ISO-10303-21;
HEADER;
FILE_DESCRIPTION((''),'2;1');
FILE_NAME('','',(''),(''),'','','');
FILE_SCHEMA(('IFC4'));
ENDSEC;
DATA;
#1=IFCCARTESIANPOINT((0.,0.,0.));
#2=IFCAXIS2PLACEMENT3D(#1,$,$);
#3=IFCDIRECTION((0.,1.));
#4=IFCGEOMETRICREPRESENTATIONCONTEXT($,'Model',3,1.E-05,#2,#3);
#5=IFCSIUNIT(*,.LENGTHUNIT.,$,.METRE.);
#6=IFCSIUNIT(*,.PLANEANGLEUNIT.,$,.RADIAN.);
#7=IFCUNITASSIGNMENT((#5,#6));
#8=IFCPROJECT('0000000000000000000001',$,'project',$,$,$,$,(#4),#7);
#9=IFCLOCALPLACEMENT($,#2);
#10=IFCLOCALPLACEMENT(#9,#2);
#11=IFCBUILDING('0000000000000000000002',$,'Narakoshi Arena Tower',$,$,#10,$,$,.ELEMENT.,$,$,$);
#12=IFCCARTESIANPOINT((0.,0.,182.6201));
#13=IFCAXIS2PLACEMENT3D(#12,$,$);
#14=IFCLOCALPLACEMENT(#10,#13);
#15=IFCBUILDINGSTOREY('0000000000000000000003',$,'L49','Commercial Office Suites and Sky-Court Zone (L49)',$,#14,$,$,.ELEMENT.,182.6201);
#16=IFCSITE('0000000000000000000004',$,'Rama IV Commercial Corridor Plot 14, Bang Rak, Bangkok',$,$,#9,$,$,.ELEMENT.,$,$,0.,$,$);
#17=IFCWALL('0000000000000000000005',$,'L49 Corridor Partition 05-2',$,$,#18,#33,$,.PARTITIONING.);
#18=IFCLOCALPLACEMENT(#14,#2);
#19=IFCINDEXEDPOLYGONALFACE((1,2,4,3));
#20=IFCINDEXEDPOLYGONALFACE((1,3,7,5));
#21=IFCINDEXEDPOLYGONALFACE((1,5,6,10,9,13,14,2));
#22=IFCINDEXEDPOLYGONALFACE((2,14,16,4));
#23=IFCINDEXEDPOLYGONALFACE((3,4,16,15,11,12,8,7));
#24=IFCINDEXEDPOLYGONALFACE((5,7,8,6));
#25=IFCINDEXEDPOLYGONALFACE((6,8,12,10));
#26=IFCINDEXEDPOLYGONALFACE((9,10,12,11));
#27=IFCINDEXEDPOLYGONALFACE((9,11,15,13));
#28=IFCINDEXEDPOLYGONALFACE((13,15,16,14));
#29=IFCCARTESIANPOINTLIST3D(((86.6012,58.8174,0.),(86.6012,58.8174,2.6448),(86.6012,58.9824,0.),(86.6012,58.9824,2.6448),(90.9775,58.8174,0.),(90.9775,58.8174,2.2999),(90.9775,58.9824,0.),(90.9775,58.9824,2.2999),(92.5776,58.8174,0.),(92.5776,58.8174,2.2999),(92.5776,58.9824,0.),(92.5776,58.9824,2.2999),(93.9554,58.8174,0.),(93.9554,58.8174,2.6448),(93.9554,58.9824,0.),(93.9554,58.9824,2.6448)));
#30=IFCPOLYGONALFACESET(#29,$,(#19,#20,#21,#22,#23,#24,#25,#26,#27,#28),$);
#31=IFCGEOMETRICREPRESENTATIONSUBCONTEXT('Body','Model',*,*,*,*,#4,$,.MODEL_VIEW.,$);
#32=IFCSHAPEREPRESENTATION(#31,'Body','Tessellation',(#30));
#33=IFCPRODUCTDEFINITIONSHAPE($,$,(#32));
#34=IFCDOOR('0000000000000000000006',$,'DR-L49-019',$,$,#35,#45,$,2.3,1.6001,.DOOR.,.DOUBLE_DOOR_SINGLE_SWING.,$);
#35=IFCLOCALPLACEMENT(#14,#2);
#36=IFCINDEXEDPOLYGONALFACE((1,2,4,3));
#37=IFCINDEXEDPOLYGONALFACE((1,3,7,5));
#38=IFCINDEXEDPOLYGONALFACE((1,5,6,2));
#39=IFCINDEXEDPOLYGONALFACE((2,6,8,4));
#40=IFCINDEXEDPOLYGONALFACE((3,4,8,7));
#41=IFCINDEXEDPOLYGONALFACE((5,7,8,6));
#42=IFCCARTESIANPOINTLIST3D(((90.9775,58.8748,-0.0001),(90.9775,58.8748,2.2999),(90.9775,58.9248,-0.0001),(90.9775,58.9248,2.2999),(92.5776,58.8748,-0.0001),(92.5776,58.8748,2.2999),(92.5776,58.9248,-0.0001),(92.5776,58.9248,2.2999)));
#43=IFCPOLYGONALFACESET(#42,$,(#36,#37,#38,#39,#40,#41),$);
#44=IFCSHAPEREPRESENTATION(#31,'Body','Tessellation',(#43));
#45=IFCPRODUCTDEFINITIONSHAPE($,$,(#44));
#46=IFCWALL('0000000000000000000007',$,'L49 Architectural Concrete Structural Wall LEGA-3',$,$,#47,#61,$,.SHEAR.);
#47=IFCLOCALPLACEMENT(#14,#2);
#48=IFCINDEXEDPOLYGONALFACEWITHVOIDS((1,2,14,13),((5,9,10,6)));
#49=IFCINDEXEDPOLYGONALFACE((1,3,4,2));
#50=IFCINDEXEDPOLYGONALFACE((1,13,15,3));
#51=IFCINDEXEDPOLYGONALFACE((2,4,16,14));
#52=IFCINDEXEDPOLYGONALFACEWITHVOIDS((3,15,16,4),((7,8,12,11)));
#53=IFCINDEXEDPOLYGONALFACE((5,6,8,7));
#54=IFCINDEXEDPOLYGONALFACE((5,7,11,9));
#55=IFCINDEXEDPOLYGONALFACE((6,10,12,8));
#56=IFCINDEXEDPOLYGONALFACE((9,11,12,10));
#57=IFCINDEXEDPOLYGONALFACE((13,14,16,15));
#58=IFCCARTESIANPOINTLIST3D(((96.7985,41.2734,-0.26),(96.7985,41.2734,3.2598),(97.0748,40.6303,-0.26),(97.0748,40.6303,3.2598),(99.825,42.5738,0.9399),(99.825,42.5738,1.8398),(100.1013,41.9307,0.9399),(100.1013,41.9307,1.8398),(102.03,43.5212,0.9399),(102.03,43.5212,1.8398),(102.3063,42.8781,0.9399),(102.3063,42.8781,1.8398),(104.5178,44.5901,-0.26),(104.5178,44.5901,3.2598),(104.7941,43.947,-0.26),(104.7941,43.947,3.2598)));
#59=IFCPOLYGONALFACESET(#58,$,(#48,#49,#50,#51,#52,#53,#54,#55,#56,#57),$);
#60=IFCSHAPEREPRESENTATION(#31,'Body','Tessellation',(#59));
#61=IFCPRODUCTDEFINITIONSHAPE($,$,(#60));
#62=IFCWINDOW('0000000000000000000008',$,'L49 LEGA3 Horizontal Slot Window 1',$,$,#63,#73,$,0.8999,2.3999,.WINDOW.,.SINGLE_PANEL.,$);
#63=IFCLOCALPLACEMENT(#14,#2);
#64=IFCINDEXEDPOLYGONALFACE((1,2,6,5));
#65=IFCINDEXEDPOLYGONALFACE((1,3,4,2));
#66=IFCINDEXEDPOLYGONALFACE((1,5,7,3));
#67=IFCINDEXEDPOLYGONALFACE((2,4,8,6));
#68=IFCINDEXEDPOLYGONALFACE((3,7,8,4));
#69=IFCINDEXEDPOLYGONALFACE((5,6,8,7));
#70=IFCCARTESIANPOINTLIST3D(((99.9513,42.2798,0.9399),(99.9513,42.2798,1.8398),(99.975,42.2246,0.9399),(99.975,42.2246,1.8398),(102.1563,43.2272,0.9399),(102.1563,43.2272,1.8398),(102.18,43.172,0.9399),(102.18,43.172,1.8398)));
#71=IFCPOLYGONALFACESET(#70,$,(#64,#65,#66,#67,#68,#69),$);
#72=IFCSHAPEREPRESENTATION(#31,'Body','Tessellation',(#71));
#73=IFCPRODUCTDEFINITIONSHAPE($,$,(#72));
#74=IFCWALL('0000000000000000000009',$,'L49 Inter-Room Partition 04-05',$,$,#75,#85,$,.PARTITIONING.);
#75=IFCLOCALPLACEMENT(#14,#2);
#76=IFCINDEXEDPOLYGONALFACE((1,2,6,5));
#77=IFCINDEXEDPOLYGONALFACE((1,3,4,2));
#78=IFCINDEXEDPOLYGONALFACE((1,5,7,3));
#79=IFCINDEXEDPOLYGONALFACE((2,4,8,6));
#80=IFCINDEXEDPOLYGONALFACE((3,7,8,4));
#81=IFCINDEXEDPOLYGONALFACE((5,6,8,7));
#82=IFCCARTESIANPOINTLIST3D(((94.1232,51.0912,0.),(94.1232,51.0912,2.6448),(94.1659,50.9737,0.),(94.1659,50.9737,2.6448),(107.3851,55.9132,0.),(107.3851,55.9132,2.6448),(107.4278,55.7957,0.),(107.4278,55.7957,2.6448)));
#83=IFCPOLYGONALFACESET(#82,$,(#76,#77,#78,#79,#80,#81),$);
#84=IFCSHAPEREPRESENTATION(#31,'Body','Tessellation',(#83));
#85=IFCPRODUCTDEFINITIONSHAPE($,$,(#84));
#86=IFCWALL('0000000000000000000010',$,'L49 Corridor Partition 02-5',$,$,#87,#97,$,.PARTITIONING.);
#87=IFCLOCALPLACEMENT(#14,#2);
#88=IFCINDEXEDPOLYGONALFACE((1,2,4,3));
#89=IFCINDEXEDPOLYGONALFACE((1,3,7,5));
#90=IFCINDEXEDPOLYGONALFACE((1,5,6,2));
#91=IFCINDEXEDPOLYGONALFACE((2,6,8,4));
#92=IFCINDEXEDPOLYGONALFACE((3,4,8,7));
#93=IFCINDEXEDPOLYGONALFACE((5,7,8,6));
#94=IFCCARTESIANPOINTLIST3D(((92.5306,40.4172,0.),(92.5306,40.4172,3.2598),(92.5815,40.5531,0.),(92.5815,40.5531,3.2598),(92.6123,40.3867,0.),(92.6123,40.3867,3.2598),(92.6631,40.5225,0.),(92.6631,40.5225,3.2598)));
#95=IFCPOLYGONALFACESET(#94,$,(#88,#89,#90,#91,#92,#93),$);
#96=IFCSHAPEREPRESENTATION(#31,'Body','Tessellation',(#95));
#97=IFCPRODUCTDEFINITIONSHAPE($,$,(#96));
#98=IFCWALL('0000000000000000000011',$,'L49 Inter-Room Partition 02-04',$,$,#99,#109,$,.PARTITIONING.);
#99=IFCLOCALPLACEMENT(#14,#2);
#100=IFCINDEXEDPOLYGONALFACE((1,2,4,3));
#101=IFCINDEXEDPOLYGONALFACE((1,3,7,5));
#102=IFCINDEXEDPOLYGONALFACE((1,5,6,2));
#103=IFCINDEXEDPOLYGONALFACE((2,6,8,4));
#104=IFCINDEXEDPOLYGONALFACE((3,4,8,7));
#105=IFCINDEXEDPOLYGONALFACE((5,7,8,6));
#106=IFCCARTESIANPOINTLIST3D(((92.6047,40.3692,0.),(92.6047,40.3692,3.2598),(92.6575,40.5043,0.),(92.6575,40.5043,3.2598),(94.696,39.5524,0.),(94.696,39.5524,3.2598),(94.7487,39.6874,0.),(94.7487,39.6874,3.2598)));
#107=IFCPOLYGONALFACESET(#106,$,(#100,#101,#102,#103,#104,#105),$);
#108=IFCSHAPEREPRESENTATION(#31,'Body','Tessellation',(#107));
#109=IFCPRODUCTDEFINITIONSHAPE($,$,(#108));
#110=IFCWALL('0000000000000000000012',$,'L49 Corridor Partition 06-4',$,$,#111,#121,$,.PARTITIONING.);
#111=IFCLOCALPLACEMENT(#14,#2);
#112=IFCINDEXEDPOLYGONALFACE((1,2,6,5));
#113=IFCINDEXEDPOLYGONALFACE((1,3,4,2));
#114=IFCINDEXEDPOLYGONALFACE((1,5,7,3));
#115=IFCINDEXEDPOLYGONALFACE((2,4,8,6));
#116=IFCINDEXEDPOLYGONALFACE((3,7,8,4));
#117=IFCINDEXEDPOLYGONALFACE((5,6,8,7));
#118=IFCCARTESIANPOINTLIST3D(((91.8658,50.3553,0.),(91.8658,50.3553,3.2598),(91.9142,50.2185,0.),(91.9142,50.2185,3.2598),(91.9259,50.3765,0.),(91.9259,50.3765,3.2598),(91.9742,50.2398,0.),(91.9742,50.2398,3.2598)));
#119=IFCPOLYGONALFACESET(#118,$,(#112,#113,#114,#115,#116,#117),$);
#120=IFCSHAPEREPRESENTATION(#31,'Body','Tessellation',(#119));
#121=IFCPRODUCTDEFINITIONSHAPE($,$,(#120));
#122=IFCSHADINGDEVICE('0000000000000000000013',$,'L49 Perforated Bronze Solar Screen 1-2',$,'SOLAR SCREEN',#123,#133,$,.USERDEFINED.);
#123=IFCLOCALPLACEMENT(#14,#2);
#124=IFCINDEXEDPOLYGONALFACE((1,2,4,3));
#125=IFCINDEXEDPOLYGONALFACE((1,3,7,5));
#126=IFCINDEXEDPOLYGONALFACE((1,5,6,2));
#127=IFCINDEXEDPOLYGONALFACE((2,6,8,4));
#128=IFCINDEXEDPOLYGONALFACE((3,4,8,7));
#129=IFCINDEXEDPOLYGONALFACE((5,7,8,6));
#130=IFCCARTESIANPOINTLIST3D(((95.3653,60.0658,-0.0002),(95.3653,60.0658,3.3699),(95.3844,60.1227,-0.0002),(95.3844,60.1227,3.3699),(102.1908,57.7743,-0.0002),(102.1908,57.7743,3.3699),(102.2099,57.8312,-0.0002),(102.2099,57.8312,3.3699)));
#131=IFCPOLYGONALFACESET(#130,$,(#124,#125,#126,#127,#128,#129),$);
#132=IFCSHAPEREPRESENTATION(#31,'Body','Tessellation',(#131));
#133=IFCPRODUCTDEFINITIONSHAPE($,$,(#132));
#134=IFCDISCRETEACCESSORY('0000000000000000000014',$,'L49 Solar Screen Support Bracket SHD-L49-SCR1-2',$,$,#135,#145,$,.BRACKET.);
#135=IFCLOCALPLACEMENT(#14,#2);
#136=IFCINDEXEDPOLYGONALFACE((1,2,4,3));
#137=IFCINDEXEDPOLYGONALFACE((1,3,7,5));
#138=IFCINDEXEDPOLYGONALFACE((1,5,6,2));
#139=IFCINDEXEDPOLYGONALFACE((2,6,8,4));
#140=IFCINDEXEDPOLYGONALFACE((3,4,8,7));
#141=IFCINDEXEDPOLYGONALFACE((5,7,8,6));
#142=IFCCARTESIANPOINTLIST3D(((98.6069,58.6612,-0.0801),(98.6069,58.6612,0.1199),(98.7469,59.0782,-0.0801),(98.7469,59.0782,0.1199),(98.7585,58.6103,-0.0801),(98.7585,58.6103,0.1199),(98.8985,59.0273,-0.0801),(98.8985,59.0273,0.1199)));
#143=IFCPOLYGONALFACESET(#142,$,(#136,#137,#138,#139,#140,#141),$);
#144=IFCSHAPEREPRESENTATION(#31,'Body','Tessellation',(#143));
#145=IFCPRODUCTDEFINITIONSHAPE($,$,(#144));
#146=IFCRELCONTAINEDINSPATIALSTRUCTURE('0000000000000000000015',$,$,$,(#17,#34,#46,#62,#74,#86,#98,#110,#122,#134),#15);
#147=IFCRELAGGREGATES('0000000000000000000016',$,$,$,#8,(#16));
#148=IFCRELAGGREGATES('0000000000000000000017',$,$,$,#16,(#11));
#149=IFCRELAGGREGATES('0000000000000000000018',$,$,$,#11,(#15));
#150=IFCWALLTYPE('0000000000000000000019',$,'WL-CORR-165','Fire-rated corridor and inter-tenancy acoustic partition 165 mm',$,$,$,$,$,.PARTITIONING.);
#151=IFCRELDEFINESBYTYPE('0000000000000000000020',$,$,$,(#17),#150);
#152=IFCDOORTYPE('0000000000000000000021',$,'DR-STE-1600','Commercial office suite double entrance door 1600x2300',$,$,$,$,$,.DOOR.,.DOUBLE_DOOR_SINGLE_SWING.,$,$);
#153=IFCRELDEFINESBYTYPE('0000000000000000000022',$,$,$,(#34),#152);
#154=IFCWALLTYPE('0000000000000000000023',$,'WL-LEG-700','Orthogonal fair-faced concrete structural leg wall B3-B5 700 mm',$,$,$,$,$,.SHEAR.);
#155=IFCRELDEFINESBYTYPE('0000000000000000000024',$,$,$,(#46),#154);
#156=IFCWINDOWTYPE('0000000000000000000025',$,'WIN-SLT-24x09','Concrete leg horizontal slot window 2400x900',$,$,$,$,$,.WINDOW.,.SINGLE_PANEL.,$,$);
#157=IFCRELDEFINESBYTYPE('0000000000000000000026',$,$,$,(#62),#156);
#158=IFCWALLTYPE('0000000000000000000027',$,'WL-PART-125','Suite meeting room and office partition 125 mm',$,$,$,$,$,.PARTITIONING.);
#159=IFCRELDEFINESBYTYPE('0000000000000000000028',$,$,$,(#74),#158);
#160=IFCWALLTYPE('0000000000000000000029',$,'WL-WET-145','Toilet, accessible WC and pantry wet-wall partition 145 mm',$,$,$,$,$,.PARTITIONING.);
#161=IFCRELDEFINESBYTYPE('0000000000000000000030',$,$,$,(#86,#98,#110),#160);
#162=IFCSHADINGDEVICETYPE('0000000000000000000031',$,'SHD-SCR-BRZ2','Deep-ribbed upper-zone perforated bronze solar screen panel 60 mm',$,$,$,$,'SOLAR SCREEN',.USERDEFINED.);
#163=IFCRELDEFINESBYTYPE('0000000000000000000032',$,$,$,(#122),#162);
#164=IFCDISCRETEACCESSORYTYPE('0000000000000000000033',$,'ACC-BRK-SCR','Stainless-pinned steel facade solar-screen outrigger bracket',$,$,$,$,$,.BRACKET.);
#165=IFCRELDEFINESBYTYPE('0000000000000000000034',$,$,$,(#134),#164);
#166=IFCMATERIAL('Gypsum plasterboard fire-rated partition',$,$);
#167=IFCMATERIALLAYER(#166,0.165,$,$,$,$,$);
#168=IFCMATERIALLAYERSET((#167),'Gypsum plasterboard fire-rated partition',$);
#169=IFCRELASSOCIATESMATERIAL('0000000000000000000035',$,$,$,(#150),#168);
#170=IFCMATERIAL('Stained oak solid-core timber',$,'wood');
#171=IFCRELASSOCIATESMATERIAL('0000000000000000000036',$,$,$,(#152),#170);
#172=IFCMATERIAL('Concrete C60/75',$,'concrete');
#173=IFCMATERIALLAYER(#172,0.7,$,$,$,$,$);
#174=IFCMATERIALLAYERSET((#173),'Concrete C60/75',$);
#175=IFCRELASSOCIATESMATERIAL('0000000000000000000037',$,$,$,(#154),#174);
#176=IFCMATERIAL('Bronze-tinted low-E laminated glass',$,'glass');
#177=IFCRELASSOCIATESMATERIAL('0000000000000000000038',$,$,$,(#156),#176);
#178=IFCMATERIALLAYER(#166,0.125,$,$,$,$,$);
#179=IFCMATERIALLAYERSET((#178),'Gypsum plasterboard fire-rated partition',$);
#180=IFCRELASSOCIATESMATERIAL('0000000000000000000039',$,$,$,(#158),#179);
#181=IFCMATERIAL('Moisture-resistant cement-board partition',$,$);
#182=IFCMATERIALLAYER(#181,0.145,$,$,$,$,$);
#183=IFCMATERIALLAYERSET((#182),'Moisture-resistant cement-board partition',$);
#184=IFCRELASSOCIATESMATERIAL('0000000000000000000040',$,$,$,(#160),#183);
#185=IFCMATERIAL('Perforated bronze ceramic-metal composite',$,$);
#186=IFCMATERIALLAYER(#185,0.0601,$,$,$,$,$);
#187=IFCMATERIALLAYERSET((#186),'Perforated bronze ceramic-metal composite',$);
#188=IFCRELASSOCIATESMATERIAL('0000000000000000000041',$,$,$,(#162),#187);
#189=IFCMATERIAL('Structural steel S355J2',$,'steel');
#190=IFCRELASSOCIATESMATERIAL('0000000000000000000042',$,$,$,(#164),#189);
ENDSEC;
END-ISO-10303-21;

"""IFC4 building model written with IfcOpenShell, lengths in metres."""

from ifc_helpers import new_model, si_unit, direction, frame, frame_2d, origin, origin_2d, place, context, subcontext, project, spatial, rectangle, extrude, material, layer, layer_set, type_object, element, fill, save


model = new_model("IFC4")

# Units and contexts
model_context = context("Model", 3, precision=1e-05, world=origin(), true_north=direction((0.0, 1.0)))
body_context = subcontext(model_context, "Body", "Model", "MODEL_VIEW")
ifc_project = project(units=[si_unit("LENGTHUNIT", "METRE"), si_unit("PLANEANGLEUNIT", "RADIAN")], contexts=[model_context])

# Site, building, storey
site_placement = place(None, origin())
site = spatial("IfcSite", under=ifc_project, at=site_placement, Name="Rama IV Commercial Corridor Plot 14, Bang Rak, Bangkok", CompositionType="ELEMENT", RefElevation=0.0)
building_placement = place(site_placement, origin())
building = spatial("IfcBuilding", under=site, at=building_placement, Name="Narakoshi Arena Tower", CompositionType="ELEMENT")
storey_placement = place(building_placement, frame((0.0, 0.0, 182.6201)))
storey = spatial("IfcBuildingStorey", under=building, at=storey_placement, Name="L49", Description="Commercial Office Suites and Sky-Court Zone (L49)", CompositionType="ELEMENT", Elevation=182.6201)

# Shared definitions
ifc_material_1 = material(Name="Concrete C60/75", Category="concrete")
ifc_material_2 = material(Name="Structural steel S355J2", Category="steel")

# Shared definitions
ifc_material_3 = material(Name="Bronze-tinted low-E laminated glass", Category="glass")

# Shared definitions
ifc_material_4 = material(Name="Gypsum plasterboard fire-rated partition")
ifc_layer_1 = layer(ifc_material_4, 0.165)
ifc_layer_set_1 = layer_set([ifc_layer_1], Name="Gypsum plasterboard fire-rated partition")
wall_type_1 = type_object("IfcWallType", Name="WL-CORR-165", Description="Fire-rated corridor and inter-tenancy acoustic partition 165 mm", PredefinedType="PARTITIONING", material=ifc_layer_set_1)
ifc_material_5 = material(Name="Stained oak solid-core timber", Category="wood")

# Wall, opening, door
wall_1_placement = place(storey_placement, frame((93.9556, 58.8999, 0.0), z_axis=(0.0, 0.0, 1.0), x_axis=(-1.0, 0.0, 0.0)))
wall_1 = element("IfcWall", 1, at=wall_1_placement, inside=storey, type_object=wall_type_1, Name="L49 Corridor Partition 05-2", PredefinedType="PARTITIONING", context=body_context, shape_type="SweptSolid", body=[
    extrude(rectangle(XDim=7.3542, YDim=0.165, at=frame_2d((3.6772, 0.0))), origin(), (0.0, 0.0, 1.0), 2.6448),
])
opening_1_placement = place(wall_1_placement, frame((1.3779, 0.0, 0.0)))
opening_1 = element("IfcOpeningElement", 2, at=opening_1_placement, cuts=wall_1, PredefinedType="OPENING", context=body_context, shape_type="SweptSolid", body=[
    extrude(rectangle(XDim=1.6001, YDim=2.3, at=frame_2d((0.8, 1.1499))), frame((0.0, 0.0925, 0.0), z_axis=(0.0, -1.0, 0.0), x_axis=(1.0, 0.0, 0.0)), (0.0, 0.0, 1.0), 0.1851),
])
door_type_1 = type_object("IfcDoorType", Name="DR-STE-1600", Description="Commercial office suite double entrance door 1600x2300", OperationType="DOUBLE_DOOR_SINGLE_SWING", PredefinedType="DOOR", material=ifc_material_5)
door_1_placement = place(opening_1_placement, frame((1.6001, 0.0, 0.0), z_axis=(0.0, 0.0, 1.0), x_axis=(-1.0, 0.0, 0.0)))
door_1 = element("IfcDoor", 3, at=door_1_placement, inside=storey, type_object=door_type_1, Name="DR-L49-019", OperationType="DOUBLE_DOOR_SINGLE_SWING", OverallHeight=2.3, OverallWidth=1.6001, PredefinedType="DOOR", context=body_context, shape_type="SweptSolid", body=[
    extrude(rectangle(XDim=1.6001, YDim=2.3, at=frame_2d((0.8, 1.1499))), frame((0.0, 0.0249, 0.0), z_axis=(0.0, -1.0, 0.0), x_axis=(1.0, 0.0, 0.0)), (0.0, 0.0, 1.0), 0.05),
])
fill(opening_1, door_1)

# Wall, opening, window
ifc_layer_2 = layer(ifc_material_1, 0.7)
ifc_layer_set_2 = layer_set([ifc_layer_2], Name="Concrete C60/75")
wall_type_2 = type_object("IfcWallType", Name="WL-LEG-700", Description="Orthogonal fair-faced concrete structural leg wall B3-B5 700 mm", PredefinedType="SHEAR", material=ifc_layer_set_2)
wall_2_placement = place(storey_placement, frame((96.9368, 40.9519, -0.26), z_axis=(0.0, 0.0, 1.0), x_axis=(0.918782, 0.394764, 0.0)))
wall_2 = element("IfcWall", 4, at=wall_2_placement, inside=storey, type_object=wall_type_2, Name="L49 Architectural Concrete Structural Wall LEGA-3", PredefinedType="SHEAR", context=body_context, shape_type="SweptSolid", body=[
    extrude(rectangle(XDim=8.4016, YDim=0.7, at=frame_2d((4.2007, 0.0))), origin(), (0.0, 0.0, 1.0), 3.5198),
])
opening_2_placement = place(wall_2_placement, frame((3.2939, 0.0, 1.2)))
opening_2 = element("IfcOpeningElement", 5, at=opening_2_placement, cuts=wall_2, PredefinedType="OPENING", context=body_context, shape_type="SweptSolid", body=[
    extrude(rectangle(XDim=2.3999, YDim=0.8999, at=frame_2d((1.2, 0.45))), frame((0.0, 0.3599, 0.0), z_axis=(0.0, -1.0, 0.0), x_axis=(1.0, 0.0, 0.0)), (0.0, 0.0, 1.0), 0.72),
])
window_type = type_object("IfcWindowType", Name="WIN-SLT-24x09", Description="Concrete leg horizontal slot window 2400x900", PartitioningType="SINGLE_PANEL", PredefinedType="WINDOW", material=ifc_material_3)
window_placement = place(opening_2_placement, origin())
window = element("IfcWindow", 6, at=window_placement, inside=storey, type_object=window_type, Name="L49 LEGA3 Horizontal Slot Window 1", OverallHeight=0.8999, OverallWidth=2.3999, PartitioningType="SINGLE_PANEL", PredefinedType="WINDOW", context=body_context, shape_type="SweptSolid", body=[
    extrude(rectangle(XDim=2.3999, YDim=0.8999, at=frame_2d((1.2, 0.45))), frame((0.0, 0.03, 0.0), z_axis=(0.0, -1.0, 0.0), x_axis=(1.0, 0.0, 0.0)), (0.0, 0.0, 1.0), 0.0601),
])
fill(opening_2, window)

# Walls
ifc_layer_3 = layer(ifc_material_4, 0.125)
ifc_layer_set_3 = layer_set([ifc_layer_3], Name="Gypsum plasterboard fire-rated partition")
wall_type_3 = type_object("IfcWallType", Name="WL-PART-125", Description="Suite meeting room and office partition 125 mm", PredefinedType="PARTITIONING", material=ifc_layer_set_3)
wall_3_placement = place(storey_placement, frame((94.1445, 51.0325, 0.0), z_axis=(0.0, 0.0, 1.0), x_axis=(0.939805, 0.341711, 0.0)))
element("IfcWall", 7, at=wall_3_placement, inside=storey, type_object=wall_type_3, Name="L49 Inter-Room Partition 04-05", PredefinedType="PARTITIONING", context=body_context, shape_type="SweptSolid", body=[
    extrude(rectangle(XDim=14.1113, YDim=0.125, at=frame_2d((7.0557, 0.0))), origin(), (0.0, 0.0, 1.0), 2.6448),
])
ifc_material_6 = material(Name="Moisture-resistant cement-board partition")
ifc_layer_4 = layer(ifc_material_6, 0.145)
ifc_layer_set_4 = layer_set([ifc_layer_4], Name="Moisture-resistant cement-board partition")
wall_type_4 = type_object("IfcWallType", Name="WL-WET-145", Description="Toilet, accessible WC and pantry wet-wall partition 145 mm", PredefinedType="PARTITIONING", material=ifc_layer_set_4)
wall_4_placement = place(storey_placement, frame((92.5562, 40.4851, 0.0), z_axis=(0.0, 0.0, 1.0), x_axis=(0.936559, -0.350509, 0.0)))
element("IfcWall", 8, at=wall_4_placement, inside=storey, type_object=wall_type_4, Name="L49 Corridor Partition 02-5", PredefinedType="PARTITIONING", context=body_context, shape_type="SweptSolid", body=[
    extrude(rectangle(XDim=0.0872, YDim=0.145, at=frame_2d((0.0435, 0.0))), origin(), (0.0, 0.0, 1.0), 3.2598),
])
wall_5_placement = place(storey_placement, frame((92.6311, 40.4368, 0.0), z_axis=(0.0, 0.0, 1.0), x_axis=(0.931461, -0.363842, 0.0)))
element("IfcWall", 9, at=wall_5_placement, inside=storey, type_object=wall_type_4, Name="L49 Inter-Room Partition 02-04", PredefinedType="PARTITIONING", context=body_context, shape_type="SweptSolid", body=[
    extrude(rectangle(XDim=2.2451, YDim=0.145, at=frame_2d((1.1226, 0.0))), origin(), (0.0, 0.0, 1.0), 3.2598),
])
wall_6_placement = place(storey_placement, frame((91.95, 50.3081, 0.0), z_axis=(0.0, 0.0, 1.0), x_axis=(-0.942778, -0.333421, 0.0)))
element("IfcWall", 10, at=wall_6_placement, inside=storey, type_object=wall_type_4, Name="L49 Corridor Partition 06-4", PredefinedType="PARTITIONING", context=body_context, shape_type="SweptSolid", body=[
    extrude(rectangle(XDim=0.0637, YDim=0.145, at=frame_2d((0.0317, 0.0))), origin(), (0.0, 0.0, 1.0), 3.2598),
])

# Shading device
ifc_material_7 = material(Name="Perforated bronze ceramic-metal composite")
ifc_layer_5 = layer(ifc_material_7, 0.0601)
ifc_layer_set_5 = layer_set([ifc_layer_5], Name="Perforated bronze ceramic-metal composite")
shading_device_type = type_object("IfcShadingDeviceType", Name="SHD-SCR-BRZ2", Description="Deep-ribbed upper-zone perforated bronze solar screen panel 60 mm", ElementType="SOLAR SCREEN", PredefinedType="USERDEFINED", material=ifc_layer_set_5)
shading_device_placement = place(storey_placement, frame((98.7876, 58.9485, -0.0002), z_axis=(0.0, 0.0, 1.0), x_axis=(-0.948002, 0.318264, 0.0)))
element("IfcShadingDevice", 11, at=shading_device_placement, inside=storey, type_object=shading_device_type, Name="L49 Perforated Bronze Solar Screen 1-2", ObjectType="SOLAR SCREEN", PredefinedType="USERDEFINED", context=body_context, shape_type="SweptSolid", body=[
    extrude(rectangle(XDim=7.2, YDim=0.0601, at=origin_2d()), origin(), (0.0, 0.0, 1.0), 3.3701),
])

# Discrete accessory
discrete_accessory_type = type_object("IfcDiscreteAccessoryType", Name="ACC-BRK-SCR", Description="Stainless-pinned steel facade solar-screen outrigger bracket", PredefinedType="BRACKET", material=ifc_material_2)
discrete_accessory_placement = place(storey_placement, frame((98.7527, 58.8442, -0.0801), z_axis=(0.0, 0.0, 1.0), x_axis=(-0.948002, 0.318264, 0.0)))
element("IfcDiscreteAccessory", 12, at=discrete_accessory_placement, inside=storey, type_object=discrete_accessory_type, Name="L49 Solar Screen Support Bracket SHD-L49-SCR1-2", PredefinedType="BRACKET", context=body_context, shape_type="SweptSolid", body=[
    extrude(rectangle(XDim=0.1599, YDim=0.4399, at=origin_2d()), origin(), (0.0, 0.0, 1.0), 0.2),
])

save(model, "model.ifc")
